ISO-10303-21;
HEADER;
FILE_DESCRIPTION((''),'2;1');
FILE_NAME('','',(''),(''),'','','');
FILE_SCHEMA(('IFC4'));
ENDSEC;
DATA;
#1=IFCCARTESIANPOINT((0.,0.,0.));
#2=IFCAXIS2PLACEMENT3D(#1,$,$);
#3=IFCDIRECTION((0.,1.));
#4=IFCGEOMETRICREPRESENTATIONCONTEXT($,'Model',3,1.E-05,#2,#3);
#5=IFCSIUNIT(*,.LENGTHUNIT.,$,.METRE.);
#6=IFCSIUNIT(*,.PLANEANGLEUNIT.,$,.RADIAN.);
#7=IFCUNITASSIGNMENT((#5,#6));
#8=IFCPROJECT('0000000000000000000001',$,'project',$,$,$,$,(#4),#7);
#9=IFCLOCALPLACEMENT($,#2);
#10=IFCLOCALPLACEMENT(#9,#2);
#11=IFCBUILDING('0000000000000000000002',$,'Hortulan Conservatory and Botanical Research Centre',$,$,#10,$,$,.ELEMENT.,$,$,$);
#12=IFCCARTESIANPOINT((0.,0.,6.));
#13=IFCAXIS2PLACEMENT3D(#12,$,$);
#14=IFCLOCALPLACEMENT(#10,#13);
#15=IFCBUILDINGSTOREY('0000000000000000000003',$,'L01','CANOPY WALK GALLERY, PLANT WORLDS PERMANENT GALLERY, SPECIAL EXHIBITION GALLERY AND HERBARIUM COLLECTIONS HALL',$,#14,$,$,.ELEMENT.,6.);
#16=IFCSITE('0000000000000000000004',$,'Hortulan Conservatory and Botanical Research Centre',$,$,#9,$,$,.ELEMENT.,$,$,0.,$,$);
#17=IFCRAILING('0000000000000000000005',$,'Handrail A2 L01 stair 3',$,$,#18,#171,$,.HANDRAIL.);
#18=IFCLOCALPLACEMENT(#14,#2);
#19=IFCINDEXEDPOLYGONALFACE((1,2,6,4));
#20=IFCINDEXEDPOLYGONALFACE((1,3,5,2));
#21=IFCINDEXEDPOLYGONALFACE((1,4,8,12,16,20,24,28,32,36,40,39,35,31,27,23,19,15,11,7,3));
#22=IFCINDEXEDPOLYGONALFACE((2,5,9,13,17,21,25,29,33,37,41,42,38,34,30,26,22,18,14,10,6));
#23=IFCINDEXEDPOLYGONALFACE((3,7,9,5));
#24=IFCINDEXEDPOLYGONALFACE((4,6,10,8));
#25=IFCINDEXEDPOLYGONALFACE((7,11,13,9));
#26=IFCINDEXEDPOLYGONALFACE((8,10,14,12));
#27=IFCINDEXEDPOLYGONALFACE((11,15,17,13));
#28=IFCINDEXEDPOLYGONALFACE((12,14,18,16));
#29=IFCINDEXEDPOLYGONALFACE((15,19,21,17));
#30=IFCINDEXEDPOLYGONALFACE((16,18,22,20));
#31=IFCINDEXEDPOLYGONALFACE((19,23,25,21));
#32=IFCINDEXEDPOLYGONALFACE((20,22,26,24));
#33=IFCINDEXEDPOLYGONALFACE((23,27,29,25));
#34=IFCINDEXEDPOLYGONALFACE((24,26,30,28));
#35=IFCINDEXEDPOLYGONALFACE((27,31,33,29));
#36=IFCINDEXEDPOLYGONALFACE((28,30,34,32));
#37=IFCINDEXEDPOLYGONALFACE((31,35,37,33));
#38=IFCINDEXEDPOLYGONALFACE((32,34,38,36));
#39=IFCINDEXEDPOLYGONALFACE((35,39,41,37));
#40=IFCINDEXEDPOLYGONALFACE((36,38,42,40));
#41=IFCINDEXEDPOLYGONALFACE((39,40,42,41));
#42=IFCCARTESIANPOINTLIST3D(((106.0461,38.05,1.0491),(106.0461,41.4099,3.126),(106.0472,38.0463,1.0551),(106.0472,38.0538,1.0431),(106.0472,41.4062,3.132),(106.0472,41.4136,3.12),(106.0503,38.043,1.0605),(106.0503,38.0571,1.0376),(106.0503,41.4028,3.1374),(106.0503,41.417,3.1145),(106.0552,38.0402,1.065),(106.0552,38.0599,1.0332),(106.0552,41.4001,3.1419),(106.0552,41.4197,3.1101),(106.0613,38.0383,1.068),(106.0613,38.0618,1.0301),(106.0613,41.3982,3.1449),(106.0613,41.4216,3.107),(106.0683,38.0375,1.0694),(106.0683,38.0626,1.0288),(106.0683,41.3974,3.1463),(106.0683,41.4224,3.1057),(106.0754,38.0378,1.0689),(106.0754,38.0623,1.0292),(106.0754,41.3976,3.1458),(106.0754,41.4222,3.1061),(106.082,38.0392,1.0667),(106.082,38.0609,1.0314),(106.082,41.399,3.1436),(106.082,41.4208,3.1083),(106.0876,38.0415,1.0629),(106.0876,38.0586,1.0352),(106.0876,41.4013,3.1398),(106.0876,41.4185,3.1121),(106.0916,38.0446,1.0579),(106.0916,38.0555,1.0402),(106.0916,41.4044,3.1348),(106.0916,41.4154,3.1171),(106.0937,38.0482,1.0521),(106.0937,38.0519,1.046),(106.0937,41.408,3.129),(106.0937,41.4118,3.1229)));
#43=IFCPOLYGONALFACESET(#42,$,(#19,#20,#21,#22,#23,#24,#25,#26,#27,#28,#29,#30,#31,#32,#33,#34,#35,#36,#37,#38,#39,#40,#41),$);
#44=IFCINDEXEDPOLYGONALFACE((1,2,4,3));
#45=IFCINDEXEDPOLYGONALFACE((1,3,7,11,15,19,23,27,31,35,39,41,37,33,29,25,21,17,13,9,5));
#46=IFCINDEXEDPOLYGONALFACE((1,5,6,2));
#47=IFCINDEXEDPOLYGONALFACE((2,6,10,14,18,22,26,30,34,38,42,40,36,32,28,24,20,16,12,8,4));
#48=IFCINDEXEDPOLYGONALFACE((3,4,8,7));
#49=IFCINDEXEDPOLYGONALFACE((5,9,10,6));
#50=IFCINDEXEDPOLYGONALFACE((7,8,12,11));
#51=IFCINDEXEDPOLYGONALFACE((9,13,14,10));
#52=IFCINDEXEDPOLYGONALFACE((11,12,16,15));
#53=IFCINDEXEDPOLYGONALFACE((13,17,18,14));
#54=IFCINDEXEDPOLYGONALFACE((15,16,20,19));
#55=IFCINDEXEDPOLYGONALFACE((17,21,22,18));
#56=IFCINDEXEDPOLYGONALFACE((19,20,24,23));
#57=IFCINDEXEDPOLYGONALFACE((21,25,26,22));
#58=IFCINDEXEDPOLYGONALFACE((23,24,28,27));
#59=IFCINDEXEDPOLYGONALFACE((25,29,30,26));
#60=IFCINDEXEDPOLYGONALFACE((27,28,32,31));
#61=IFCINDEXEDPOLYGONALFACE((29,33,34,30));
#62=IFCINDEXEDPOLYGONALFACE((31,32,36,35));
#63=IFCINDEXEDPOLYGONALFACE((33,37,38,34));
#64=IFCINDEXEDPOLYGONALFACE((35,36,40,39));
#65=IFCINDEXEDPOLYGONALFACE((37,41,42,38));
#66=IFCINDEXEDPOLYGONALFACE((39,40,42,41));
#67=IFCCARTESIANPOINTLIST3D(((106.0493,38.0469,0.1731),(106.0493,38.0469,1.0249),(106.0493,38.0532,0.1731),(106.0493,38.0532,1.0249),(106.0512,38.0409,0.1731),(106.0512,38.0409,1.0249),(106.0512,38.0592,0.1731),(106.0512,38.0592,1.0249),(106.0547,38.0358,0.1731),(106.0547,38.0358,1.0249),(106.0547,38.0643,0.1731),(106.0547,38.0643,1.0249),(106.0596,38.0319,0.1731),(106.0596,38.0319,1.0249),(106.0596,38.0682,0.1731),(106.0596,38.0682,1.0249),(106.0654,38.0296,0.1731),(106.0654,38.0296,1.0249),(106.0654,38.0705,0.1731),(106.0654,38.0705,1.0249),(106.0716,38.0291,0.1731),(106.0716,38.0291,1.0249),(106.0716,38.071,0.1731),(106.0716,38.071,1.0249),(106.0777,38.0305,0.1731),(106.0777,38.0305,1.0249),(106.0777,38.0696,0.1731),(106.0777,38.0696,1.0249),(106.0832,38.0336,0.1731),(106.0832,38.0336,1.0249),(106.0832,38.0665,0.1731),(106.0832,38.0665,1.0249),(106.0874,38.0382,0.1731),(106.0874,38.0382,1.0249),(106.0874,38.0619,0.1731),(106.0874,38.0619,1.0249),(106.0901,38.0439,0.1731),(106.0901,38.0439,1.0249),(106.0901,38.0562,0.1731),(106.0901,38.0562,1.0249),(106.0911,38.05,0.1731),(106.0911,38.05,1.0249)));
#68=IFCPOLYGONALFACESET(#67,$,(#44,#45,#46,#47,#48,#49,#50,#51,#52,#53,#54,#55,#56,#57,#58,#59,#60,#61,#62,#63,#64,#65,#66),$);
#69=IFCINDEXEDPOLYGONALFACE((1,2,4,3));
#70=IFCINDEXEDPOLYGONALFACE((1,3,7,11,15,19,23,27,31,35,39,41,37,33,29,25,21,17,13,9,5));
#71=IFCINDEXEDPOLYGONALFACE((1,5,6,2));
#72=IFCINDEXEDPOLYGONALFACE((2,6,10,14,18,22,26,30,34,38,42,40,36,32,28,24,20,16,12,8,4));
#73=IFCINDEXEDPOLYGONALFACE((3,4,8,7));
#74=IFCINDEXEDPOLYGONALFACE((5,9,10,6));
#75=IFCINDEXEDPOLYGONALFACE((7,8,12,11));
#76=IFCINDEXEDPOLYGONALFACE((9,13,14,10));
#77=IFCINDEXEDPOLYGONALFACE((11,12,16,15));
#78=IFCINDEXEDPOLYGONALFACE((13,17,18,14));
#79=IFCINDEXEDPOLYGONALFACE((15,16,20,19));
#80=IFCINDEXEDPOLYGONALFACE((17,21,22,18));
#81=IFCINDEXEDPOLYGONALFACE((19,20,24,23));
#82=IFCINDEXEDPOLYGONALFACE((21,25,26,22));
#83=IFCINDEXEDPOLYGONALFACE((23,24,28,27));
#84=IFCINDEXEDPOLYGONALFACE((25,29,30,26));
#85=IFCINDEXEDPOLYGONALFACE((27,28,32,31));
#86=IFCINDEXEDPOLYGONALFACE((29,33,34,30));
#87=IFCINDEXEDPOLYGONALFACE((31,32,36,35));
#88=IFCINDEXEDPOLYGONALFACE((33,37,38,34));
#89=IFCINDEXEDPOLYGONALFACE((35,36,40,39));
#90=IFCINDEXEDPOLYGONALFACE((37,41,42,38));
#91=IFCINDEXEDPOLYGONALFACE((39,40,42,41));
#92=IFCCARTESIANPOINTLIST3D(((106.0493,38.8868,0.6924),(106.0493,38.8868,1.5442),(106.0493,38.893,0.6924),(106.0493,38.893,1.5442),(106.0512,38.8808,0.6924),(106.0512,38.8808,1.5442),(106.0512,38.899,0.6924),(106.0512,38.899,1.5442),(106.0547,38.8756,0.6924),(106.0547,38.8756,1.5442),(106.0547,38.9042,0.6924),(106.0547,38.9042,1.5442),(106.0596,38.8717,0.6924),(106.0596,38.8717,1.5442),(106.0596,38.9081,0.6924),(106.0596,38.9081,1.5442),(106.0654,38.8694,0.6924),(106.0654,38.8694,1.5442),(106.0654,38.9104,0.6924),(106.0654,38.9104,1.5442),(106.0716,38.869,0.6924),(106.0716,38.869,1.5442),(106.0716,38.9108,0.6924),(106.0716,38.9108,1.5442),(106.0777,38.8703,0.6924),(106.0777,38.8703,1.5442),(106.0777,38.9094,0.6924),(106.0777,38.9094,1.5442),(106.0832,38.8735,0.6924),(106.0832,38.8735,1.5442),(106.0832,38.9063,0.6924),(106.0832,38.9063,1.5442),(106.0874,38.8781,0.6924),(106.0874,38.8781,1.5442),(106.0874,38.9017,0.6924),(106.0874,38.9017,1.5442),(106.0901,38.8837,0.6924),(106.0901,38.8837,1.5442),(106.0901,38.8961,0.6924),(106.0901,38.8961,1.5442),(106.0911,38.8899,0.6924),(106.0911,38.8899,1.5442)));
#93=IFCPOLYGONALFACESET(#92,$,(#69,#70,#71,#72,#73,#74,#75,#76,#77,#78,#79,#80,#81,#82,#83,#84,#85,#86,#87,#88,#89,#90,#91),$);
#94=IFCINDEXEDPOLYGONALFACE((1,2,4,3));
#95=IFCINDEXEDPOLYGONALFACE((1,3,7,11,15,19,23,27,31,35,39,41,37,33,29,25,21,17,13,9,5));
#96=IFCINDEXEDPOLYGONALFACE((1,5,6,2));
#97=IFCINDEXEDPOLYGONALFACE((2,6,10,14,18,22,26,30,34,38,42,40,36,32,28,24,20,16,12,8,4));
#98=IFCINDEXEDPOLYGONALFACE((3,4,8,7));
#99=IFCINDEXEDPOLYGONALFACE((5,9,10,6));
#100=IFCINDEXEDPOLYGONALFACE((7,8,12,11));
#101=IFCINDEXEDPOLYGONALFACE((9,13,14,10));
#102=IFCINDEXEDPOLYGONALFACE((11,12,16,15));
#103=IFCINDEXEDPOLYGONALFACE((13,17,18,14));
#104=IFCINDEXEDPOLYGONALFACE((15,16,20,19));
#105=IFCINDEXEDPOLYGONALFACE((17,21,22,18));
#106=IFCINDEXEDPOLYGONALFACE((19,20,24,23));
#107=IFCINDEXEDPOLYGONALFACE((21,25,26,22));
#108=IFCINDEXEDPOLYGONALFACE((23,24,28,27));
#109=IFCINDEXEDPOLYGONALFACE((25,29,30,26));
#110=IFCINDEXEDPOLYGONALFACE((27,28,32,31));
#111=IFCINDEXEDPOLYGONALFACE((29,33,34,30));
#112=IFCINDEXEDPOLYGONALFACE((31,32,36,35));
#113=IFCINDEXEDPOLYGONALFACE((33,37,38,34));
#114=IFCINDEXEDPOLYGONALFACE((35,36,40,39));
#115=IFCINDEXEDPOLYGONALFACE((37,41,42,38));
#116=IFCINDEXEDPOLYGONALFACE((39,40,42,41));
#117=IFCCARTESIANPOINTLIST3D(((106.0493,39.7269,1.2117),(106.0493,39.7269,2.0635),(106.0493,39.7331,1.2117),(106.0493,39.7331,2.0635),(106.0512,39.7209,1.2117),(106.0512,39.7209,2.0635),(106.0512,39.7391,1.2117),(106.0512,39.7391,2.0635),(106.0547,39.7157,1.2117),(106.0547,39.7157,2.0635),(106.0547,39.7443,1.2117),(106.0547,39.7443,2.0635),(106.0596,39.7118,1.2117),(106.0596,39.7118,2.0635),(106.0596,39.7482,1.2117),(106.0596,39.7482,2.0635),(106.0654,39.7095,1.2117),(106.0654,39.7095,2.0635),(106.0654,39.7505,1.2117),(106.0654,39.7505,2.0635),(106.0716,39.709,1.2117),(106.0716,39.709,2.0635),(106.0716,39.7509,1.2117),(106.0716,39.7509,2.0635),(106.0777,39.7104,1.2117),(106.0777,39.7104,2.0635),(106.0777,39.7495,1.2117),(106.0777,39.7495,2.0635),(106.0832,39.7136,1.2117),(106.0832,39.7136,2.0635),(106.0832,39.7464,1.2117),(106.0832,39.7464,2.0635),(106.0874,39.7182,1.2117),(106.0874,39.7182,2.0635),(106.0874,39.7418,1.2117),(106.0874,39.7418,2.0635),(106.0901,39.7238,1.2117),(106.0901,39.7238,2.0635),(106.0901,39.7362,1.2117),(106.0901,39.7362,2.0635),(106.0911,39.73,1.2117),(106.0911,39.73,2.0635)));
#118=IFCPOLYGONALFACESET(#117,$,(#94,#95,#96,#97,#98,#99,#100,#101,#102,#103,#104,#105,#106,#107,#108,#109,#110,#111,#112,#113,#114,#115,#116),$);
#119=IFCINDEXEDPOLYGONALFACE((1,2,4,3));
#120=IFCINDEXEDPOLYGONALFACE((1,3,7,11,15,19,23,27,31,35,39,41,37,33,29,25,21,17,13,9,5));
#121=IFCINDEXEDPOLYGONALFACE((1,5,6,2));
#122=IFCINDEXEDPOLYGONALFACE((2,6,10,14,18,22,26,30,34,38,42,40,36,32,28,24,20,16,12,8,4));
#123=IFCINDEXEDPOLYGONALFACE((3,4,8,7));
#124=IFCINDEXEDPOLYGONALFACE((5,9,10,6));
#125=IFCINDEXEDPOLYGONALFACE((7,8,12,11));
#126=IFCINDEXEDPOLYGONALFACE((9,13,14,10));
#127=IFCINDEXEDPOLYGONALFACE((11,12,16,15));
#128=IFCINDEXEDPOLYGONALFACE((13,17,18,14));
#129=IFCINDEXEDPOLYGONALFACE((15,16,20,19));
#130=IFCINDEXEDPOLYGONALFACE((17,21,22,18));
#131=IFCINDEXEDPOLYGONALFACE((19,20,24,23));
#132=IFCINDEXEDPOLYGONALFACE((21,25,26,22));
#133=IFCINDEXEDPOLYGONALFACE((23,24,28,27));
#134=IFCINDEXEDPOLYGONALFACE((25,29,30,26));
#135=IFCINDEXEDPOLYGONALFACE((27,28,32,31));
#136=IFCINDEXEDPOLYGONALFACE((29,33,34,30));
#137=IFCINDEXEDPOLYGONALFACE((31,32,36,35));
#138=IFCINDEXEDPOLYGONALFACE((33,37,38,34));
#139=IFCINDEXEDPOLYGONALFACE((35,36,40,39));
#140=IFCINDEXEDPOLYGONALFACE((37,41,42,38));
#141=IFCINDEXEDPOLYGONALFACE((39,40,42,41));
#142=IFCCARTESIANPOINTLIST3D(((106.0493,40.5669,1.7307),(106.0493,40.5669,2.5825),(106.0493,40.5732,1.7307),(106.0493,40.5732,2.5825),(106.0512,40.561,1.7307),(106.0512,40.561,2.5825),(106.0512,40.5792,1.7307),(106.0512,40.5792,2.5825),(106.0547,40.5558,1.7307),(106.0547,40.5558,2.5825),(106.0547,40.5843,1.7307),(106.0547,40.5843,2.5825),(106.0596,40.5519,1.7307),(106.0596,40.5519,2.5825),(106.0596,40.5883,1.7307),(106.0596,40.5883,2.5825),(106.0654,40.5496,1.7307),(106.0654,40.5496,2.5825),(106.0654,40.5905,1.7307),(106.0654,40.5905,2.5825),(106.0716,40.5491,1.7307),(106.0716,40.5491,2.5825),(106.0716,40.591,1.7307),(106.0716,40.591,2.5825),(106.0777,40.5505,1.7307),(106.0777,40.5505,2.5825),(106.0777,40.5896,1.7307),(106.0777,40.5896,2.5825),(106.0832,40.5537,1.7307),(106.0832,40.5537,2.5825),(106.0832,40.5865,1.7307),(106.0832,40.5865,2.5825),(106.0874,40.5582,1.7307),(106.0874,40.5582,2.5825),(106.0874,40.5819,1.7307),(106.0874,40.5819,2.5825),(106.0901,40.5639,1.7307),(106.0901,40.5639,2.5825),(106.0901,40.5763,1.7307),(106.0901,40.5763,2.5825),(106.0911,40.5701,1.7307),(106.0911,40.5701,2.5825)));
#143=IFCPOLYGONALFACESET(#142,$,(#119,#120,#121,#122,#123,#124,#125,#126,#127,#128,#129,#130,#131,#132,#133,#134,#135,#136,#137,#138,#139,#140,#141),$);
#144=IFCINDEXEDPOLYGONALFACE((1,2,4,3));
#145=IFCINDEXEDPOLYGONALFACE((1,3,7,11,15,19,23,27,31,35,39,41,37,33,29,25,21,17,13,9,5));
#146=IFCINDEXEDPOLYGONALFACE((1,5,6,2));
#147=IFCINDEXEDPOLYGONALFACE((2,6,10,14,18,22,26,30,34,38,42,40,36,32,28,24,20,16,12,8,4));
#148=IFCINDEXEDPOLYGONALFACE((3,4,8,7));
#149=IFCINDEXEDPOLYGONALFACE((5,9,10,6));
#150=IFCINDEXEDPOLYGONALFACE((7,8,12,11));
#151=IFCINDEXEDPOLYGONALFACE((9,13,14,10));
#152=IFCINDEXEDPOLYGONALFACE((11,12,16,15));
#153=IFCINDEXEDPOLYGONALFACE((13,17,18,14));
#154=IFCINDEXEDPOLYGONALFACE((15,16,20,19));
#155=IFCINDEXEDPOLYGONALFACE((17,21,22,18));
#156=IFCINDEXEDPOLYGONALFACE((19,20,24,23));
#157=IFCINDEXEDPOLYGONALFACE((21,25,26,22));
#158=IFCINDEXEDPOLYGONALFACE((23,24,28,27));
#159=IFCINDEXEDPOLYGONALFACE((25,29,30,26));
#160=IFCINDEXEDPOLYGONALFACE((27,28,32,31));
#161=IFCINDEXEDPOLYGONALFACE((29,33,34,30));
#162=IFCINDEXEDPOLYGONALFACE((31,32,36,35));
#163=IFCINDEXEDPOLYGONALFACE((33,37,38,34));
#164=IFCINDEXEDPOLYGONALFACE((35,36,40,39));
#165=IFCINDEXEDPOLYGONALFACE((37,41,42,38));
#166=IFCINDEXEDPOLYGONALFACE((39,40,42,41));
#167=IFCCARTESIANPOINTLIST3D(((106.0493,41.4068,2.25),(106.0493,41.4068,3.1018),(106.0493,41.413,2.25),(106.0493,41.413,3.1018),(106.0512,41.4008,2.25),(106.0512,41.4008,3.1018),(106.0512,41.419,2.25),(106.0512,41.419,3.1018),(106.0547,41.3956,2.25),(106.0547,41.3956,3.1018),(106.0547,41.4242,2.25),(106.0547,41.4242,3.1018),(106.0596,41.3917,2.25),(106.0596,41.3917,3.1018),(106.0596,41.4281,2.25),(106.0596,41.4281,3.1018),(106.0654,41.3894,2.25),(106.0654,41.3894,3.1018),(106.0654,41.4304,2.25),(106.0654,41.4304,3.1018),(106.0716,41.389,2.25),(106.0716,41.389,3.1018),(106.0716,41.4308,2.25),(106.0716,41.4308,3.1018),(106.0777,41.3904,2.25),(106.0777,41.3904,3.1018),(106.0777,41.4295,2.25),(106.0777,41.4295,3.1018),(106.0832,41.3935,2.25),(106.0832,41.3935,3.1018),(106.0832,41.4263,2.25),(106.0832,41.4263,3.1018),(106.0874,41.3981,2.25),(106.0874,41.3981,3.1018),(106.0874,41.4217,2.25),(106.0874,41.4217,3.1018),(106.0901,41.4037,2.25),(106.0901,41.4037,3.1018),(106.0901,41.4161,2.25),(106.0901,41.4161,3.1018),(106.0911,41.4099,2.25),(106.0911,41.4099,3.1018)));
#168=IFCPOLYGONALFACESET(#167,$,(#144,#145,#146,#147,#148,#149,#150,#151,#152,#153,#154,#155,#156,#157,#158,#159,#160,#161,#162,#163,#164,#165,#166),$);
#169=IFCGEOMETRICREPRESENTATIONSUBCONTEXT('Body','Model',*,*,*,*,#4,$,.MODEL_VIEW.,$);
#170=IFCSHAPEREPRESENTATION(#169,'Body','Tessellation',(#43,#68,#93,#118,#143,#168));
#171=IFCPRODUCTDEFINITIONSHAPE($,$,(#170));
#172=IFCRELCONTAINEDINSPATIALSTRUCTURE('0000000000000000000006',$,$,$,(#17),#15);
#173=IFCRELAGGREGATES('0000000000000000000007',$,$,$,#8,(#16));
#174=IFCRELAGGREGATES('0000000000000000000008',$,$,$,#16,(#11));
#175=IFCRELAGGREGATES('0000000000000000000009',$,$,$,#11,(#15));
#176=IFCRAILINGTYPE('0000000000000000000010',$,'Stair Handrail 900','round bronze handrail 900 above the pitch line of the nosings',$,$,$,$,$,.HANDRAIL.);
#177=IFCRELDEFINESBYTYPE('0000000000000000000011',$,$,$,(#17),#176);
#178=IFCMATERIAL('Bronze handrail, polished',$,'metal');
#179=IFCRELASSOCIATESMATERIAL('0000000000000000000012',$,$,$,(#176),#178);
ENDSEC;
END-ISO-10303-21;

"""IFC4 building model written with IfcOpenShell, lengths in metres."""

from ifc_helpers import new_model, si_unit, direction, frame, origin, origin_2d, place, context, subcontext, project, spatial, circle, extrude, material, type_object, element, save


model = new_model("IFC4")

# Units and contexts
model_context = context("Model", 3, precision=1e-05, world=origin(), true_north=direction((0.0, 1.0)))
body_context = subcontext(model_context, "Body", "Model", "MODEL_VIEW")
ifc_project = project(units=[si_unit("LENGTHUNIT", "METRE"), si_unit("PLANEANGLEUNIT", "RADIAN")], contexts=[model_context])

# Site, building, storey
site_placement = place(None, origin())
site = spatial("IfcSite", under=ifc_project, at=site_placement, Name="Hortulan Conservatory and Botanical Research Centre", CompositionType="ELEMENT", RefElevation=0.0)
building_placement = place(site_placement, origin())
building = spatial("IfcBuilding", under=site, at=building_placement, Name="Hortulan Conservatory and Botanical Research Centre", CompositionType="ELEMENT")
storey_placement = place(building_placement, frame((0.0, 0.0, 6.0)))
storey = spatial("IfcBuildingStorey", under=building, at=storey_placement, Name="L01", Description="CANOPY WALK GALLERY, PLANT WORLDS PERMANENT GALLERY, SPECIAL EXHIBITION GALLERY AND HERBARIUM COLLECTIONS HALL", CompositionType="ELEMENT", Elevation=6.0)

# Railing
ifc_material_1 = material(Name="Bronze handrail, polished", Category="metal")
railing_type_1 = type_object("IfcRailingType", Name="Stair Handrail 900", Description="round bronze handrail 900 above the pitch line of the nosings", PredefinedType="HANDRAIL", material=ifc_material_1)
railing_1_placement = place(storey_placement, frame((106.0701, 38.05, 0.1731)))
element("IfcRailing", 1, at=railing_1_placement, inside=storey, type_object=railing_type_1, Name="Handrail A2 L01 stair 3", PredefinedType="HANDRAIL", context=body_context, shape_type="SweptSolid", body=[
    extrude(circle(Radius=0.0239, at=origin_2d()), frame((0.0, 0.0, 0.876), z_axis=(0.0, 0.850606, 0.525803), x_axis=(-1.0, 0.0, 0.0)), (0.0, 0.0, 1.0), 3.95),
    extrude(circle(Radius=0.021, at=origin_2d()), origin(), (0.0, 0.0, 1.0), 0.8518),
    extrude(circle(Radius=0.021, at=origin_2d()), frame((0.0, 0.8398, 0.5193)), (0.0, 0.0, 1.0), 0.8518),
    extrude(circle(Radius=0.021, at=origin_2d()), frame((0.0, 1.6799, 1.0386)), (0.0, 0.0, 1.0), 0.8518),
    extrude(circle(Radius=0.021, at=origin_2d()), frame((0.0, 2.52, 1.5576)), (0.0, 0.0, 1.0), 0.8518),
    extrude(circle(Radius=0.021, at=origin_2d()), frame((0.0, 3.3599, 2.0769)), (0.0, 0.0, 1.0), 0.8518),
])

save(model, "model.ifc")
